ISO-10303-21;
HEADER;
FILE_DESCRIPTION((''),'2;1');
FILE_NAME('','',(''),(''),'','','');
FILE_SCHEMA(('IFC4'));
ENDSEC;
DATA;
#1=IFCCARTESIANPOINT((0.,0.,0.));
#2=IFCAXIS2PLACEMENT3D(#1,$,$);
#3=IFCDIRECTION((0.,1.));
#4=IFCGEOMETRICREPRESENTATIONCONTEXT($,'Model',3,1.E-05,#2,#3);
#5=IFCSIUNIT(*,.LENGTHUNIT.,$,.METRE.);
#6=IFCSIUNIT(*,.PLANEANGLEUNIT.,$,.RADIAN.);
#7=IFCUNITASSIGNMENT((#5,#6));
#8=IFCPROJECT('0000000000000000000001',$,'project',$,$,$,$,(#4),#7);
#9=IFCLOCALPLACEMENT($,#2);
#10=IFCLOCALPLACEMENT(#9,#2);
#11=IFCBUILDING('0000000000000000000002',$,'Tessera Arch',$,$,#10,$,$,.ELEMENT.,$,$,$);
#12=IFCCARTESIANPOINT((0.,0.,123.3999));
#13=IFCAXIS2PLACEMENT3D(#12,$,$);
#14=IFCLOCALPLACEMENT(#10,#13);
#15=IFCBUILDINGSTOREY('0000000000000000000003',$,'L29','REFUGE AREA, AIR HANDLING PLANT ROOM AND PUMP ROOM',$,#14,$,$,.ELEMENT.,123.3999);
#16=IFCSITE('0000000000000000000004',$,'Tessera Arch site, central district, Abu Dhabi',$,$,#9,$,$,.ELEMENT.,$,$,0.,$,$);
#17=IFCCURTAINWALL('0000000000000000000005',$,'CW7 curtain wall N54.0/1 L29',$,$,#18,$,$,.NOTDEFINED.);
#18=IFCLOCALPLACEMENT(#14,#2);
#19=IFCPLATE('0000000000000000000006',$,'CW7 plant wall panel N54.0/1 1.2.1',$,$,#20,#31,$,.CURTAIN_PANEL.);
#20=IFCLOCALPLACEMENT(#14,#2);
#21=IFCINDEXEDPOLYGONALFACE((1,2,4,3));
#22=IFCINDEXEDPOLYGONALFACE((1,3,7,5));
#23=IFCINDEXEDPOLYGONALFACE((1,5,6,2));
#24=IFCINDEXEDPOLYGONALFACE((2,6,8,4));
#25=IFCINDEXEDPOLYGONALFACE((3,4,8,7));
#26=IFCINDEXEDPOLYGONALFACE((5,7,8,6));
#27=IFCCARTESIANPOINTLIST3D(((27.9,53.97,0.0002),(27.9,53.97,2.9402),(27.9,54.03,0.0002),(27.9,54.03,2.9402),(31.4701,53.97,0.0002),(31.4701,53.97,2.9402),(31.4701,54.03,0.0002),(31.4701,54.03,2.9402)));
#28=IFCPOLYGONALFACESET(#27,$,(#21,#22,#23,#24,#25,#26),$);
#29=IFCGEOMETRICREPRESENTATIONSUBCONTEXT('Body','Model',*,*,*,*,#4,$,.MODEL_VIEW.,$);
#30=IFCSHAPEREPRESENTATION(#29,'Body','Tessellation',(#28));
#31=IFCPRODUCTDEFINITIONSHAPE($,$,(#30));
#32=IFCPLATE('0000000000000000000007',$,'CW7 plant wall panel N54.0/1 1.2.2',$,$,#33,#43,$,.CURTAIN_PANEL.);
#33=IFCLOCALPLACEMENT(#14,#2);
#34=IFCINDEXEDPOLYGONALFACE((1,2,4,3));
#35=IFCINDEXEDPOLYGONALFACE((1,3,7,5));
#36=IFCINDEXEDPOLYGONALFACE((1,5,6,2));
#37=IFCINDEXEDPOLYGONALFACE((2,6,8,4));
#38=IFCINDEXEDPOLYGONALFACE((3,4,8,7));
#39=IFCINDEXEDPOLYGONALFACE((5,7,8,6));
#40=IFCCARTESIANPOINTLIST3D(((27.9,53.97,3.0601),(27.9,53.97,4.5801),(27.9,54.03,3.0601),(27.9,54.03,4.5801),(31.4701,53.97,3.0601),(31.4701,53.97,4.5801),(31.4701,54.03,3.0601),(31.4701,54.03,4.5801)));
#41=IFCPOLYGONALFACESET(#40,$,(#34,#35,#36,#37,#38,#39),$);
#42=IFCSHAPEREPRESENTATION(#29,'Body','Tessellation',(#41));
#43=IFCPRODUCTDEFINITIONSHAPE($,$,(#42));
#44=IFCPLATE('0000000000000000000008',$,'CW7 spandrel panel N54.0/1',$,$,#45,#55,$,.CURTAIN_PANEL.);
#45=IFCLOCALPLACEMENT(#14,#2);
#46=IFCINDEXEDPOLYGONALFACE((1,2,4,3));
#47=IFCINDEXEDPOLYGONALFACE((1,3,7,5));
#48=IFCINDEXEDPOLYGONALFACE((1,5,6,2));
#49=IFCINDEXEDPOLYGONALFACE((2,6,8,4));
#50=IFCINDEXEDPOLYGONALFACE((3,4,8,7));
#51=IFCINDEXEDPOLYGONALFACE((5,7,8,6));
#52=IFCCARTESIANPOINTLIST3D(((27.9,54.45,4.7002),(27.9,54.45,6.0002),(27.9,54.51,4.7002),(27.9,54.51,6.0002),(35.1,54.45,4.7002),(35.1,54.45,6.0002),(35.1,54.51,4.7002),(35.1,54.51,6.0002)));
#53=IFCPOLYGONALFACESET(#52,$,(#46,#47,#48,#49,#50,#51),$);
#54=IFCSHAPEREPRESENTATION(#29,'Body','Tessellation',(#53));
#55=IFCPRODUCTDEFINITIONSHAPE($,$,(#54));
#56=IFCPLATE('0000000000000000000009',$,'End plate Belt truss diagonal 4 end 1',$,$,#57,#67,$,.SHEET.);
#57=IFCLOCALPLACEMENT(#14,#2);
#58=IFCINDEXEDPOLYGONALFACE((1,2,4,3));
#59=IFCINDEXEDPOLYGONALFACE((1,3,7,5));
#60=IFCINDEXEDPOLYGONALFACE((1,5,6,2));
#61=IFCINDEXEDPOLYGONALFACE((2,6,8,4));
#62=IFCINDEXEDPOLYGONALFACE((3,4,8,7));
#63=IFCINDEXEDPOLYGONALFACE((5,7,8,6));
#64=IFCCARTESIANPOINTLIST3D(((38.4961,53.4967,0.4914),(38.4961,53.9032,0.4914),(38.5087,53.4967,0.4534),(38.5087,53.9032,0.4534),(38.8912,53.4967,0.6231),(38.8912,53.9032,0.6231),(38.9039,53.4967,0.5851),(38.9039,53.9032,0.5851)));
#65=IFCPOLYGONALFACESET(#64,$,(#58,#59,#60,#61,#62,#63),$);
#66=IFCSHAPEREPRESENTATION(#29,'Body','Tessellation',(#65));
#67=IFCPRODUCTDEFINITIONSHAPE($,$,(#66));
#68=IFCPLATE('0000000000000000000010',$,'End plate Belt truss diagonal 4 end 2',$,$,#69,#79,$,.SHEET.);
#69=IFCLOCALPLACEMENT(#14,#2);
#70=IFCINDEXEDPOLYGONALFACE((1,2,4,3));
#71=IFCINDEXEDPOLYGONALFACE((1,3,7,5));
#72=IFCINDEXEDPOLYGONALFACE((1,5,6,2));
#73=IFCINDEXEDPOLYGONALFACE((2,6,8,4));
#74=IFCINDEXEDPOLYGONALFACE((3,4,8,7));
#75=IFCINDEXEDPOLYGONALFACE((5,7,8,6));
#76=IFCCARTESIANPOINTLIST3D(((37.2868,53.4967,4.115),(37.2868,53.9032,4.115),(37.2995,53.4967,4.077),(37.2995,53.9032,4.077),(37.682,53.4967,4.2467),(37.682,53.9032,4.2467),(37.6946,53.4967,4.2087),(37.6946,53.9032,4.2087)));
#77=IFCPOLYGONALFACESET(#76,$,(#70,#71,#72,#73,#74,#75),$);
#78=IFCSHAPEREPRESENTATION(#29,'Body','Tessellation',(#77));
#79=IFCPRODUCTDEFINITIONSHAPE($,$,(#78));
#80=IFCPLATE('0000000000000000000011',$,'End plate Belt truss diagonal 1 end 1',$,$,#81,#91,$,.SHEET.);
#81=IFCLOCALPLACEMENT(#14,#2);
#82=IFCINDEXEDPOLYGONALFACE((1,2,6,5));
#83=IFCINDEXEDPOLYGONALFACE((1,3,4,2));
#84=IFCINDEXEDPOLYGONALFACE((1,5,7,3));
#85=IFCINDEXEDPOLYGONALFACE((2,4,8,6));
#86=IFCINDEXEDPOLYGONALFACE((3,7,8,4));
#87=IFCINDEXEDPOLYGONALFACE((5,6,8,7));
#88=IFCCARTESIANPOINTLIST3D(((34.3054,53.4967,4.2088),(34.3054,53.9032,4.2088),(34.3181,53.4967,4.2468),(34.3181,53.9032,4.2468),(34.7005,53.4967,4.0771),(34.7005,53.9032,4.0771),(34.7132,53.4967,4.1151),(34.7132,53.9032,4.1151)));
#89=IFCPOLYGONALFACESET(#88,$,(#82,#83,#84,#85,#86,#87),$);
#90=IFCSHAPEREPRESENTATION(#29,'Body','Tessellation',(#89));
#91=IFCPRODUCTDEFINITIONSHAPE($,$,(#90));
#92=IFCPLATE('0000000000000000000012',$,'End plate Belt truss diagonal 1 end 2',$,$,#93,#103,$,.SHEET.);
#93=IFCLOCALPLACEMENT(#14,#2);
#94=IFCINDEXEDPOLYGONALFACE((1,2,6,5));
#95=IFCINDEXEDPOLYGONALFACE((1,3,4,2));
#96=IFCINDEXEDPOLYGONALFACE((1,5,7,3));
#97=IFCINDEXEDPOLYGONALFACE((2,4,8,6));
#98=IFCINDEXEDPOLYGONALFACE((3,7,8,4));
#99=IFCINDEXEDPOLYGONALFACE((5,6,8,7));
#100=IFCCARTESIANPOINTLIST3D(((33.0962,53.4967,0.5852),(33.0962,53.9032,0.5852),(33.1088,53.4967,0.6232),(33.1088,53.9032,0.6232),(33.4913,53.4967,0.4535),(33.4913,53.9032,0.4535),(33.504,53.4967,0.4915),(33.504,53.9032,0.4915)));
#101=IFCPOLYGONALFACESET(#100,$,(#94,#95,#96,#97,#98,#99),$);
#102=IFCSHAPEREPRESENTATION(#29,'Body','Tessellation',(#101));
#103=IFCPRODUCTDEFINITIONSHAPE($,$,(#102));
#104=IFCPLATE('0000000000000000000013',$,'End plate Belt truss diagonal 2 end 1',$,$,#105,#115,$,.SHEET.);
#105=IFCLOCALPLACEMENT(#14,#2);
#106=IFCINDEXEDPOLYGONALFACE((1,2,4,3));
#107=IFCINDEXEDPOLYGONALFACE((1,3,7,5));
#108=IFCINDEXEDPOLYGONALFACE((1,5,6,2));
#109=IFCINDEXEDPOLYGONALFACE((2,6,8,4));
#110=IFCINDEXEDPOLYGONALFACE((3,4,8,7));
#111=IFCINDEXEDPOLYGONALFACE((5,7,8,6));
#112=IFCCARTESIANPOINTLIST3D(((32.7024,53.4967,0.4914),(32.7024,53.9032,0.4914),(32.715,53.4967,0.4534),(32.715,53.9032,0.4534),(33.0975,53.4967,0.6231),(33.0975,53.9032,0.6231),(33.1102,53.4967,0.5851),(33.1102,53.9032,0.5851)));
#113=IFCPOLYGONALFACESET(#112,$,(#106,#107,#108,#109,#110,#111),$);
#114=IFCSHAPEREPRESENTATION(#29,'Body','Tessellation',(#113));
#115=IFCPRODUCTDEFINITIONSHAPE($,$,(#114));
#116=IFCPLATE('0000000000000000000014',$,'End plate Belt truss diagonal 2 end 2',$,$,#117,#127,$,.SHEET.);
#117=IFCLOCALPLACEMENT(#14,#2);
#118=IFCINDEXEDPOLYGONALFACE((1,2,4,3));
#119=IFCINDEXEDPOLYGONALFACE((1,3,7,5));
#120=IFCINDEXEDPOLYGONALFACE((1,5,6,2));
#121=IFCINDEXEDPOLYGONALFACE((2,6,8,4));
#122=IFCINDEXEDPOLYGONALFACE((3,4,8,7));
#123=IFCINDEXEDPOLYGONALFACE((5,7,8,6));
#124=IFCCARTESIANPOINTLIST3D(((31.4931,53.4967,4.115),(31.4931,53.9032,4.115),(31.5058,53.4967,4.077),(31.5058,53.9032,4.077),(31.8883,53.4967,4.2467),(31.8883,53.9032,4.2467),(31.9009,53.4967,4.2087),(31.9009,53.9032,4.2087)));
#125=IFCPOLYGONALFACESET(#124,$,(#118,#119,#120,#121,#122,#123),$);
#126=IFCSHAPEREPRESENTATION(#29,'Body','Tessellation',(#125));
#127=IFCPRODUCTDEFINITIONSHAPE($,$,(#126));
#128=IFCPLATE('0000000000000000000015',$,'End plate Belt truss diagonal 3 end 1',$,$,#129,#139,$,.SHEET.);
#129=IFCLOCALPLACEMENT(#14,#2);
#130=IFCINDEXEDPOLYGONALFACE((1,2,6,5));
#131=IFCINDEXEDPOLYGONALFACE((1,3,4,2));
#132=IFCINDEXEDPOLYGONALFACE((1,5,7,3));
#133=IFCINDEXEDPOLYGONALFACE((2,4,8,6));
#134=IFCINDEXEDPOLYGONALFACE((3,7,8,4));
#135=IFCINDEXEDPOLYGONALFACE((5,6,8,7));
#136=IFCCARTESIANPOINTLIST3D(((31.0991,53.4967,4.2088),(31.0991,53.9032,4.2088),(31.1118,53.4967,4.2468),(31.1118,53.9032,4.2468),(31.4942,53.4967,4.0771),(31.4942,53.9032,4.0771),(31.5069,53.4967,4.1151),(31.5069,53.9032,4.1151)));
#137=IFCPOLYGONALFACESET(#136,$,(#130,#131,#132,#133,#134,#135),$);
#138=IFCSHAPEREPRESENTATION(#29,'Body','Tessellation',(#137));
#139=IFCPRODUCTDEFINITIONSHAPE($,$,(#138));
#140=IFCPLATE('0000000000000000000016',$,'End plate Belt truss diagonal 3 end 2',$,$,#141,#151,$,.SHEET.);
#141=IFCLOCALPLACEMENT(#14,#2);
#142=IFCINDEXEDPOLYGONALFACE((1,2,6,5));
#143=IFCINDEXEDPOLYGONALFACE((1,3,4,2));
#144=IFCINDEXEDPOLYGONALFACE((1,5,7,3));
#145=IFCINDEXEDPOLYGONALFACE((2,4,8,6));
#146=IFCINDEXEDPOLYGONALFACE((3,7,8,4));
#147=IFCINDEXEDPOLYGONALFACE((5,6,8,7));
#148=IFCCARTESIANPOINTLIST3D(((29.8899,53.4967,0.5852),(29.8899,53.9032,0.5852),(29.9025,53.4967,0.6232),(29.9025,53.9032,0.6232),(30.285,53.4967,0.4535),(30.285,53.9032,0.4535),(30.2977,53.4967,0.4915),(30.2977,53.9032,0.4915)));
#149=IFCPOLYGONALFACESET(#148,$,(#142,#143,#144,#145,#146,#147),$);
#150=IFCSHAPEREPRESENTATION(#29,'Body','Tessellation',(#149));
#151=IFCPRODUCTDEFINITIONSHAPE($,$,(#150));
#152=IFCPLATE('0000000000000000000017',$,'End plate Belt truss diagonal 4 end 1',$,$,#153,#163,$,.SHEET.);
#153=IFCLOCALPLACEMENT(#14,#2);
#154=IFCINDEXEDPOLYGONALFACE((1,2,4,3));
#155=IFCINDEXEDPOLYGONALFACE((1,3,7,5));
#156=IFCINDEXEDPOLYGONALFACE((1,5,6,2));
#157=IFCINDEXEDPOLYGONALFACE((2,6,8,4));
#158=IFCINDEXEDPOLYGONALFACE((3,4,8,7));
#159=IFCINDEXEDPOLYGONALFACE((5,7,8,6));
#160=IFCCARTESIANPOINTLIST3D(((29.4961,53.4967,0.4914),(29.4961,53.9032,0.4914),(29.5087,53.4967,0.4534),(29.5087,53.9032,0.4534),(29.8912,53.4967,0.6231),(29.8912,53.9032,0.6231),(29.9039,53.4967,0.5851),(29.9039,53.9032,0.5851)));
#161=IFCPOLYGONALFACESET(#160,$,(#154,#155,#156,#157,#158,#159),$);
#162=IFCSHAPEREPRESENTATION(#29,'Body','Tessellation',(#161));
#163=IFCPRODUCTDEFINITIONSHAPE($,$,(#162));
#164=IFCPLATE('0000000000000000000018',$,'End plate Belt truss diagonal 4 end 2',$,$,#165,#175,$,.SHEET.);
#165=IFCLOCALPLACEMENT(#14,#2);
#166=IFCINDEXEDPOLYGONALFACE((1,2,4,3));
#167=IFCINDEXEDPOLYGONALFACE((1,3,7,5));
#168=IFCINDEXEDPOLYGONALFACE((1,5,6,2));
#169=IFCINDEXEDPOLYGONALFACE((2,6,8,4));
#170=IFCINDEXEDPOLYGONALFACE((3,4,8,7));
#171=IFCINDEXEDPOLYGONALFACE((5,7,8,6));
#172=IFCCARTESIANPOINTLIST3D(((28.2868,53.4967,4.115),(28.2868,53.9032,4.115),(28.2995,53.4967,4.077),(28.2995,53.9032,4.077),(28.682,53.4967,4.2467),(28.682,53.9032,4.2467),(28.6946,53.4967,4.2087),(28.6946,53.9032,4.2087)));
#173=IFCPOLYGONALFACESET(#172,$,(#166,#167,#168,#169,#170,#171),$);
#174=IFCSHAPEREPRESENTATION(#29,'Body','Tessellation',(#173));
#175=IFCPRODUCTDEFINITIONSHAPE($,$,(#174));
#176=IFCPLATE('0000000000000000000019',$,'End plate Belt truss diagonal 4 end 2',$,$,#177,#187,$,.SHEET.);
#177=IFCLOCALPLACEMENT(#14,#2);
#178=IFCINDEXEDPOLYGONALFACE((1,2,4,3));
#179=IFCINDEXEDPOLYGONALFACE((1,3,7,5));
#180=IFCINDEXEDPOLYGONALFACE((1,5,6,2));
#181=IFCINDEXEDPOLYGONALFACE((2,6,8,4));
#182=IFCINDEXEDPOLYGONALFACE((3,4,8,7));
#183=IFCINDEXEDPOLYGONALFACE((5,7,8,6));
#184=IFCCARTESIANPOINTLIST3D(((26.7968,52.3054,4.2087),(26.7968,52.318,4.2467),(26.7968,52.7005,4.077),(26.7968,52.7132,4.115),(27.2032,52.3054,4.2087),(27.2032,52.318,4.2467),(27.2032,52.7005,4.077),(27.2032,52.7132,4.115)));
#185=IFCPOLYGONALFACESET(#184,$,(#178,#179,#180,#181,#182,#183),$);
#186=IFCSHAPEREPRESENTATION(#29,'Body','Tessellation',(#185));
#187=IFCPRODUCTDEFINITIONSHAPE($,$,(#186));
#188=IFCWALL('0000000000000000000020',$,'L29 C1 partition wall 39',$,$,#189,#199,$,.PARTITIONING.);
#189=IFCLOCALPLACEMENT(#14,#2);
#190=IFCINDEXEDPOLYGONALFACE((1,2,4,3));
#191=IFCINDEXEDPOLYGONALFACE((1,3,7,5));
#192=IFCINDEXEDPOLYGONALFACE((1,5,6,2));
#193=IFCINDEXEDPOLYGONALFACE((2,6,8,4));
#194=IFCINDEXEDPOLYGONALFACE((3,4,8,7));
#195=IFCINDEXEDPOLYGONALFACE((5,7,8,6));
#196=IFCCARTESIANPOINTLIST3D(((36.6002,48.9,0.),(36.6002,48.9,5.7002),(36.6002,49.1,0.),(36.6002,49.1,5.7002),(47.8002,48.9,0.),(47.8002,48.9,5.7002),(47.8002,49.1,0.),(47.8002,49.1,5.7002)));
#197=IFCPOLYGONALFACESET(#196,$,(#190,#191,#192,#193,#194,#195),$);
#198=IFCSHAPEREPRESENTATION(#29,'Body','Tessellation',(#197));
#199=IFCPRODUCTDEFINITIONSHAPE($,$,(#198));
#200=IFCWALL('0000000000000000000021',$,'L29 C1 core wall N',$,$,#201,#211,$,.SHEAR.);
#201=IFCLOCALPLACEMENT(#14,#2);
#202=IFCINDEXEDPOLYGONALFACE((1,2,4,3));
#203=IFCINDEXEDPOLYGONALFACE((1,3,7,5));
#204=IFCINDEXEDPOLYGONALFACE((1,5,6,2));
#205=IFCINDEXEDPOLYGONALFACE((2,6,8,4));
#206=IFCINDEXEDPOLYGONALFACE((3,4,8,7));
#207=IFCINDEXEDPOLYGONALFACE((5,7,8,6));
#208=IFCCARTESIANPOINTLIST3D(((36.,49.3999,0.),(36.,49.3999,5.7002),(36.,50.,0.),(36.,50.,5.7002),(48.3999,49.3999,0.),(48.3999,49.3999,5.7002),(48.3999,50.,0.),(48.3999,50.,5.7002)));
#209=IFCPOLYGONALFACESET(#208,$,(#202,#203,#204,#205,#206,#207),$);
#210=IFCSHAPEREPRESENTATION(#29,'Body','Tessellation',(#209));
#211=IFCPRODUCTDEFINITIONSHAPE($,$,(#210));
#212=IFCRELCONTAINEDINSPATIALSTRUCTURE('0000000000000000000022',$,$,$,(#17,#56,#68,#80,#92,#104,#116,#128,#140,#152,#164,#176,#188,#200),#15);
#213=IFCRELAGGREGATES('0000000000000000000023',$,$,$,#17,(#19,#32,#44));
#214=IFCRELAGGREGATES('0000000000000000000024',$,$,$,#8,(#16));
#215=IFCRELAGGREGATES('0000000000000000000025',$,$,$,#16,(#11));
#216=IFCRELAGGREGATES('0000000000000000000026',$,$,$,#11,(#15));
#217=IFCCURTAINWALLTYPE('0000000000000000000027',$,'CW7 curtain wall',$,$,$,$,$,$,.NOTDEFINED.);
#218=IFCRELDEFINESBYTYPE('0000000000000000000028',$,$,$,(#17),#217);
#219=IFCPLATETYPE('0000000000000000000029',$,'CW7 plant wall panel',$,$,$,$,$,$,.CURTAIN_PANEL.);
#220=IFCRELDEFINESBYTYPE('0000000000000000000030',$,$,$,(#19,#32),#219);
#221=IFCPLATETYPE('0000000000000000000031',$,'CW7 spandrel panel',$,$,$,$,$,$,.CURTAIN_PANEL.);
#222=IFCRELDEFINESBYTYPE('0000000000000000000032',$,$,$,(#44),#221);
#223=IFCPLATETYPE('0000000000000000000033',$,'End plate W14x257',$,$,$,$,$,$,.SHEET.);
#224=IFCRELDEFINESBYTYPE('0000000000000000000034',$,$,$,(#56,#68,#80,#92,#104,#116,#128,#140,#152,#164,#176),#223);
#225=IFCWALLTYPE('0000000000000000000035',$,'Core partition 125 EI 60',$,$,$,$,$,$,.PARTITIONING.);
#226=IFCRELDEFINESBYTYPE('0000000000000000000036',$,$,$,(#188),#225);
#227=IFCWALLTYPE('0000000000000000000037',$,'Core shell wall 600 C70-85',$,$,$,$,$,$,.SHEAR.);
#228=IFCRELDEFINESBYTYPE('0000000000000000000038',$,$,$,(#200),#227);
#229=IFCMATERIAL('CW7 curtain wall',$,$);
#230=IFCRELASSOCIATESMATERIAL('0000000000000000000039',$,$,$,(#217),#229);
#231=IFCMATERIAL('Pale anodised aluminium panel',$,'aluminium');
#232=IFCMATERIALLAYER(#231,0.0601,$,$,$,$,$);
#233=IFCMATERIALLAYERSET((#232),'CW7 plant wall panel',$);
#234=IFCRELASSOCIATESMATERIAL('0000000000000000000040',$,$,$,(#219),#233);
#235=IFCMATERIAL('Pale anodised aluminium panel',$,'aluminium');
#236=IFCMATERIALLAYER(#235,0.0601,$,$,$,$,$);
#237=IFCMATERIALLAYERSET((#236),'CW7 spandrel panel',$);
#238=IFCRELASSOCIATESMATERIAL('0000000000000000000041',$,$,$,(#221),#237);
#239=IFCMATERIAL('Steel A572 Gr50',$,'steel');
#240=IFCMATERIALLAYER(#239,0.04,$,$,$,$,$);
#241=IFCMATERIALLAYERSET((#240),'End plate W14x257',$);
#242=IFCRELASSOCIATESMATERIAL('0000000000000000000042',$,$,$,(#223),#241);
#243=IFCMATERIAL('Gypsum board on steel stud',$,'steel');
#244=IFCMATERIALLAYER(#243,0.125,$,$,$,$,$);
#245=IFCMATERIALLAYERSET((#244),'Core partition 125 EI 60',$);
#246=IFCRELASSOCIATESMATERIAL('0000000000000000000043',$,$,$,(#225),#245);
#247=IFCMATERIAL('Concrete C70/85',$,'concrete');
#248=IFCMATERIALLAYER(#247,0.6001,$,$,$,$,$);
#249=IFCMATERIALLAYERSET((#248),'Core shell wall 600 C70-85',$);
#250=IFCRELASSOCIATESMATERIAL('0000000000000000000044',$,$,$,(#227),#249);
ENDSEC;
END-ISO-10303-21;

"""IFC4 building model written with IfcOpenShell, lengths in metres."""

from ifc_helpers import new_model, si_unit, direction, frame, frame_2d, origin, origin_2d, place, context, subcontext, project, spatial, rectangle, extrude, material, layer, layer_set, type_object, element, aggregate, save


model = new_model("IFC4")

# Units and contexts
model_context = context("Model", 3, precision=1e-05, world=origin(), true_north=direction((0.0, 1.0)))
body_context = subcontext(model_context, "Body", "Model", "MODEL_VIEW")
ifc_project = project(units=[si_unit("LENGTHUNIT", "METRE"), si_unit("PLANEANGLEUNIT", "RADIAN")], contexts=[model_context])

# Site, building, storey
site_placement = place(None, origin())
site = spatial("IfcSite", under=ifc_project, at=site_placement, Name="Tessera Arch site, central district, Abu Dhabi", CompositionType="ELEMENT", RefElevation=0.0)
building_placement = place(site_placement, origin())
building = spatial("IfcBuilding", under=site, at=building_placement, Name="Tessera Arch", CompositionType="ELEMENT")
storey_placement = place(building_placement, frame((0.0, 0.0, 123.3999)))
storey = spatial("IfcBuildingStorey", under=building, at=storey_placement, Name="L29", Description="REFUGE AREA, AIR HANDLING PLANT ROOM AND PUMP ROOM", CompositionType="ELEMENT", Elevation=123.3999)

# Curtain wall
ifc_material_1 = material(Name="CW7 curtain wall")
curtain_wall_type = type_object("IfcCurtainWallType", Name="CW7 curtain wall", PredefinedType="NOTDEFINED", material=ifc_material_1)
curtain_wall_1_placement = place(storey_placement, origin())
curtain_wall_1 = element("IfcCurtainWall", 1, at=curtain_wall_1_placement, inside=storey, type_object=curtain_wall_type, Name="CW7 curtain wall N54.0/1 L29", PredefinedType="NOTDEFINED")

# Shared definitions
ifc_material_2 = material(Name="Pale anodised aluminium panel", Category="aluminium")
ifc_layer_1 = layer(ifc_material_2, 0.0601)
ifc_layer_set_1 = layer_set([ifc_layer_1], Name="CW7 plant wall panel")
plate_type_1 = type_object("IfcPlateType", Name="CW7 plant wall panel", PredefinedType="CURTAIN_PANEL", material=ifc_layer_set_1)

# Plates
plate_1_placement = place(storey_placement, frame((29.6851, 54.0, 0.0002), z_axis=(0.0, 0.0, 1.0), x_axis=(-1.0, 0.0, 0.0)))
plate_1 = element("IfcPlate", 2, at=plate_1_placement, type_object=plate_type_1, Name="CW7 plant wall panel N54.0/1 1.2.1", PredefinedType="CURTAIN_PANEL", context=body_context, shape_type="SweptSolid", body=[
    extrude(rectangle(XDim=3.5701, YDim=0.0601, at=origin_2d()), origin(), (0.0, 0.0, 1.0), 2.9399),
])
plate_2_placement = place(storey_placement, frame((29.6851, 54.0, 3.0601), z_axis=(0.0, 0.0, 1.0), x_axis=(-1.0, 0.0, 0.0)))
plate_2 = element("IfcPlate", 3, at=plate_2_placement, type_object=plate_type_1, Name="CW7 plant wall panel N54.0/1 1.2.2", PredefinedType="CURTAIN_PANEL", context=body_context, shape_type="SweptSolid", body=[
    extrude(rectangle(XDim=3.5701, YDim=0.0601, at=origin_2d()), origin(), (0.0, 0.0, 1.0), 1.52),
])
ifc_material_3 = material(Name="Pale anodised aluminium panel", Category="aluminium")
ifc_layer_2 = layer(ifc_material_3, 0.0601)
ifc_layer_set_2 = layer_set([ifc_layer_2], Name="CW7 spandrel panel")
plate_type_2 = type_object("IfcPlateType", Name="CW7 spandrel panel", PredefinedType="CURTAIN_PANEL", material=ifc_layer_set_2)
plate_3_placement = place(storey_placement, frame((31.5, 54.48, 4.7002), z_axis=(0.0, 0.0, 1.0), x_axis=(-1.0, 0.0, 0.0)))
plate_3 = element("IfcPlate", 4, at=plate_3_placement, type_object=plate_type_2, Name="CW7 spandrel panel N54.0/1", PredefinedType="CURTAIN_PANEL", context=body_context, shape_type="SweptSolid", body=[
    extrude(rectangle(XDim=7.2, YDim=0.0601, at=origin_2d()), origin(), (0.0, 0.0, 1.0), 1.3),
])
aggregate(curtain_wall_1, [plate_1, plate_2, plate_3])

# Plates
ifc_material_4 = material(Name="Steel A572 Gr50", Category="steel")
ifc_layer_3 = layer(ifc_material_4, 0.04)
ifc_layer_set_3 = layer_set([ifc_layer_3], Name="End plate W14x257")
plate_type_3 = type_object("IfcPlateType", Name="End plate W14x257", PredefinedType="SHEET", material=ifc_layer_set_3)
for number, where, z_axis, x_axis, name in (
    (5, (38.7063, 53.7, 0.5193), (-0.316228, 0.0, 0.948683), (0.0, -1.0, 0.0), "End plate Belt truss diagonal 4 end 1"),
    (6, (37.4971, 53.7, 4.1428), (-0.316228, 0.0, 0.948683), (0.0, -1.0, 0.0), "End plate Belt truss diagonal 4 end 2"),
    (7, (34.5156, 53.7, 4.1809), (-0.316228, 0.0, -0.948683), (0.0, -1.0, 0.0), "End plate Belt truss diagonal 1 end 1"),
    (8, (33.3064, 53.7, 0.5574), (-0.316228, 0.0, -0.948683), (0.0, -1.0, 0.0), "End plate Belt truss diagonal 1 end 2"),
    (9, (32.9126, 53.7, 0.5193), (-0.316228, 0.0, 0.948683), (0.0, -1.0, 0.0), "End plate Belt truss diagonal 2 end 1"),
    (10, (31.7034, 53.7, 4.1428), (-0.316228, 0.0, 0.948683), (0.0, -1.0, 0.0), "End plate Belt truss diagonal 2 end 2"),
    (11, (31.3093, 53.7, 4.1809), (-0.316228, 0.0, -0.948683), (0.0, -1.0, 0.0), "End plate Belt truss diagonal 3 end 1"),
    (12, (30.1001, 53.7, 0.5574), (-0.316228, 0.0, -0.948683), (0.0, -1.0, 0.0), "End plate Belt truss diagonal 3 end 2"),
    (13, (29.7063, 53.7, 0.5193), (-0.316228, 0.0, 0.948683), (0.0, -1.0, 0.0), "End plate Belt truss diagonal 4 end 1"),
    (14, (28.4971, 53.7, 4.1428), (-0.316228, 0.0, 0.948683), (0.0, -1.0, 0.0), "End plate Belt truss diagonal 4 end 2"),
    (15, (27.0, 52.5029, 4.1428), (0.0, 0.316228, 0.948683), (-1.0, 0.0, 0.0), "End plate Belt truss diagonal 4 end 2"),
):
    element("IfcPlate", number, at=place(storey_placement, frame(where, z_axis=z_axis, x_axis=x_axis)), inside=storey, type_object=plate_type_3, Name=name, PredefinedType="SHEET", context=body_context, shape_type="SweptSolid", body=[
        extrude(rectangle(XDim=0.4065, YDim=0.4165, at=origin_2d()), origin(), (0.0, 0.0, 1.0), 0.04),
    ])

# Walls
ifc_material_5 = material(Name="Gypsum board on steel stud", Category="steel")
ifc_layer_4 = layer(ifc_material_5, 0.125)
ifc_layer_set_4 = layer_set([ifc_layer_4], Name="Core partition 125 EI 60")
wall_type_1 = type_object("IfcWallType", Name="Core partition 125 EI 60", PredefinedType="PARTITIONING", material=ifc_layer_set_4)
wall_1_placement = place(storey_placement, frame((36.6001, 49.0, 0.0), z_axis=(0.0, 0.0, 1.0), x_axis=(1.0, 0.0, 0.0)))
element("IfcWall", 16, at=wall_1_placement, inside=storey, type_object=wall_type_1, Name="L29 C1 partition wall 39", PredefinedType="PARTITIONING", context=body_context, shape_type="SweptSolid", body=[
    extrude(rectangle(XDim=11.2, YDim=0.2, at=frame_2d((5.6001, 0.0))), origin(), (0.0, 0.0, 1.0), 5.7002),
])
ifc_material_6 = material(Name="Concrete C70/85", Category="concrete")
ifc_layer_5 = layer(ifc_material_6, 0.6001)
ifc_layer_set_5 = layer_set([ifc_layer_5], Name="Core shell wall 600 C70-85")
wall_type_2 = type_object("IfcWallType", Name="Core shell wall 600 C70-85", PredefinedType="SHEAR", material=ifc_layer_set_5)
wall_2_placement = place(storey_placement, frame((36.0, 49.7, 0.0), z_axis=(0.0, 0.0, 1.0), x_axis=(1.0, 0.0, 0.0)))
element("IfcWall", 17, at=wall_2_placement, inside=storey, type_object=wall_type_2, Name="L29 C1 core wall N", PredefinedType="SHEAR", context=body_context, shape_type="SweptSolid", body=[
    extrude(rectangle(XDim=12.3999, YDim=0.6001, at=frame_2d((6.2, 0.0))), origin(), (0.0, 0.0, 1.0), 5.7002),
])

save(model, "model.ifc")
